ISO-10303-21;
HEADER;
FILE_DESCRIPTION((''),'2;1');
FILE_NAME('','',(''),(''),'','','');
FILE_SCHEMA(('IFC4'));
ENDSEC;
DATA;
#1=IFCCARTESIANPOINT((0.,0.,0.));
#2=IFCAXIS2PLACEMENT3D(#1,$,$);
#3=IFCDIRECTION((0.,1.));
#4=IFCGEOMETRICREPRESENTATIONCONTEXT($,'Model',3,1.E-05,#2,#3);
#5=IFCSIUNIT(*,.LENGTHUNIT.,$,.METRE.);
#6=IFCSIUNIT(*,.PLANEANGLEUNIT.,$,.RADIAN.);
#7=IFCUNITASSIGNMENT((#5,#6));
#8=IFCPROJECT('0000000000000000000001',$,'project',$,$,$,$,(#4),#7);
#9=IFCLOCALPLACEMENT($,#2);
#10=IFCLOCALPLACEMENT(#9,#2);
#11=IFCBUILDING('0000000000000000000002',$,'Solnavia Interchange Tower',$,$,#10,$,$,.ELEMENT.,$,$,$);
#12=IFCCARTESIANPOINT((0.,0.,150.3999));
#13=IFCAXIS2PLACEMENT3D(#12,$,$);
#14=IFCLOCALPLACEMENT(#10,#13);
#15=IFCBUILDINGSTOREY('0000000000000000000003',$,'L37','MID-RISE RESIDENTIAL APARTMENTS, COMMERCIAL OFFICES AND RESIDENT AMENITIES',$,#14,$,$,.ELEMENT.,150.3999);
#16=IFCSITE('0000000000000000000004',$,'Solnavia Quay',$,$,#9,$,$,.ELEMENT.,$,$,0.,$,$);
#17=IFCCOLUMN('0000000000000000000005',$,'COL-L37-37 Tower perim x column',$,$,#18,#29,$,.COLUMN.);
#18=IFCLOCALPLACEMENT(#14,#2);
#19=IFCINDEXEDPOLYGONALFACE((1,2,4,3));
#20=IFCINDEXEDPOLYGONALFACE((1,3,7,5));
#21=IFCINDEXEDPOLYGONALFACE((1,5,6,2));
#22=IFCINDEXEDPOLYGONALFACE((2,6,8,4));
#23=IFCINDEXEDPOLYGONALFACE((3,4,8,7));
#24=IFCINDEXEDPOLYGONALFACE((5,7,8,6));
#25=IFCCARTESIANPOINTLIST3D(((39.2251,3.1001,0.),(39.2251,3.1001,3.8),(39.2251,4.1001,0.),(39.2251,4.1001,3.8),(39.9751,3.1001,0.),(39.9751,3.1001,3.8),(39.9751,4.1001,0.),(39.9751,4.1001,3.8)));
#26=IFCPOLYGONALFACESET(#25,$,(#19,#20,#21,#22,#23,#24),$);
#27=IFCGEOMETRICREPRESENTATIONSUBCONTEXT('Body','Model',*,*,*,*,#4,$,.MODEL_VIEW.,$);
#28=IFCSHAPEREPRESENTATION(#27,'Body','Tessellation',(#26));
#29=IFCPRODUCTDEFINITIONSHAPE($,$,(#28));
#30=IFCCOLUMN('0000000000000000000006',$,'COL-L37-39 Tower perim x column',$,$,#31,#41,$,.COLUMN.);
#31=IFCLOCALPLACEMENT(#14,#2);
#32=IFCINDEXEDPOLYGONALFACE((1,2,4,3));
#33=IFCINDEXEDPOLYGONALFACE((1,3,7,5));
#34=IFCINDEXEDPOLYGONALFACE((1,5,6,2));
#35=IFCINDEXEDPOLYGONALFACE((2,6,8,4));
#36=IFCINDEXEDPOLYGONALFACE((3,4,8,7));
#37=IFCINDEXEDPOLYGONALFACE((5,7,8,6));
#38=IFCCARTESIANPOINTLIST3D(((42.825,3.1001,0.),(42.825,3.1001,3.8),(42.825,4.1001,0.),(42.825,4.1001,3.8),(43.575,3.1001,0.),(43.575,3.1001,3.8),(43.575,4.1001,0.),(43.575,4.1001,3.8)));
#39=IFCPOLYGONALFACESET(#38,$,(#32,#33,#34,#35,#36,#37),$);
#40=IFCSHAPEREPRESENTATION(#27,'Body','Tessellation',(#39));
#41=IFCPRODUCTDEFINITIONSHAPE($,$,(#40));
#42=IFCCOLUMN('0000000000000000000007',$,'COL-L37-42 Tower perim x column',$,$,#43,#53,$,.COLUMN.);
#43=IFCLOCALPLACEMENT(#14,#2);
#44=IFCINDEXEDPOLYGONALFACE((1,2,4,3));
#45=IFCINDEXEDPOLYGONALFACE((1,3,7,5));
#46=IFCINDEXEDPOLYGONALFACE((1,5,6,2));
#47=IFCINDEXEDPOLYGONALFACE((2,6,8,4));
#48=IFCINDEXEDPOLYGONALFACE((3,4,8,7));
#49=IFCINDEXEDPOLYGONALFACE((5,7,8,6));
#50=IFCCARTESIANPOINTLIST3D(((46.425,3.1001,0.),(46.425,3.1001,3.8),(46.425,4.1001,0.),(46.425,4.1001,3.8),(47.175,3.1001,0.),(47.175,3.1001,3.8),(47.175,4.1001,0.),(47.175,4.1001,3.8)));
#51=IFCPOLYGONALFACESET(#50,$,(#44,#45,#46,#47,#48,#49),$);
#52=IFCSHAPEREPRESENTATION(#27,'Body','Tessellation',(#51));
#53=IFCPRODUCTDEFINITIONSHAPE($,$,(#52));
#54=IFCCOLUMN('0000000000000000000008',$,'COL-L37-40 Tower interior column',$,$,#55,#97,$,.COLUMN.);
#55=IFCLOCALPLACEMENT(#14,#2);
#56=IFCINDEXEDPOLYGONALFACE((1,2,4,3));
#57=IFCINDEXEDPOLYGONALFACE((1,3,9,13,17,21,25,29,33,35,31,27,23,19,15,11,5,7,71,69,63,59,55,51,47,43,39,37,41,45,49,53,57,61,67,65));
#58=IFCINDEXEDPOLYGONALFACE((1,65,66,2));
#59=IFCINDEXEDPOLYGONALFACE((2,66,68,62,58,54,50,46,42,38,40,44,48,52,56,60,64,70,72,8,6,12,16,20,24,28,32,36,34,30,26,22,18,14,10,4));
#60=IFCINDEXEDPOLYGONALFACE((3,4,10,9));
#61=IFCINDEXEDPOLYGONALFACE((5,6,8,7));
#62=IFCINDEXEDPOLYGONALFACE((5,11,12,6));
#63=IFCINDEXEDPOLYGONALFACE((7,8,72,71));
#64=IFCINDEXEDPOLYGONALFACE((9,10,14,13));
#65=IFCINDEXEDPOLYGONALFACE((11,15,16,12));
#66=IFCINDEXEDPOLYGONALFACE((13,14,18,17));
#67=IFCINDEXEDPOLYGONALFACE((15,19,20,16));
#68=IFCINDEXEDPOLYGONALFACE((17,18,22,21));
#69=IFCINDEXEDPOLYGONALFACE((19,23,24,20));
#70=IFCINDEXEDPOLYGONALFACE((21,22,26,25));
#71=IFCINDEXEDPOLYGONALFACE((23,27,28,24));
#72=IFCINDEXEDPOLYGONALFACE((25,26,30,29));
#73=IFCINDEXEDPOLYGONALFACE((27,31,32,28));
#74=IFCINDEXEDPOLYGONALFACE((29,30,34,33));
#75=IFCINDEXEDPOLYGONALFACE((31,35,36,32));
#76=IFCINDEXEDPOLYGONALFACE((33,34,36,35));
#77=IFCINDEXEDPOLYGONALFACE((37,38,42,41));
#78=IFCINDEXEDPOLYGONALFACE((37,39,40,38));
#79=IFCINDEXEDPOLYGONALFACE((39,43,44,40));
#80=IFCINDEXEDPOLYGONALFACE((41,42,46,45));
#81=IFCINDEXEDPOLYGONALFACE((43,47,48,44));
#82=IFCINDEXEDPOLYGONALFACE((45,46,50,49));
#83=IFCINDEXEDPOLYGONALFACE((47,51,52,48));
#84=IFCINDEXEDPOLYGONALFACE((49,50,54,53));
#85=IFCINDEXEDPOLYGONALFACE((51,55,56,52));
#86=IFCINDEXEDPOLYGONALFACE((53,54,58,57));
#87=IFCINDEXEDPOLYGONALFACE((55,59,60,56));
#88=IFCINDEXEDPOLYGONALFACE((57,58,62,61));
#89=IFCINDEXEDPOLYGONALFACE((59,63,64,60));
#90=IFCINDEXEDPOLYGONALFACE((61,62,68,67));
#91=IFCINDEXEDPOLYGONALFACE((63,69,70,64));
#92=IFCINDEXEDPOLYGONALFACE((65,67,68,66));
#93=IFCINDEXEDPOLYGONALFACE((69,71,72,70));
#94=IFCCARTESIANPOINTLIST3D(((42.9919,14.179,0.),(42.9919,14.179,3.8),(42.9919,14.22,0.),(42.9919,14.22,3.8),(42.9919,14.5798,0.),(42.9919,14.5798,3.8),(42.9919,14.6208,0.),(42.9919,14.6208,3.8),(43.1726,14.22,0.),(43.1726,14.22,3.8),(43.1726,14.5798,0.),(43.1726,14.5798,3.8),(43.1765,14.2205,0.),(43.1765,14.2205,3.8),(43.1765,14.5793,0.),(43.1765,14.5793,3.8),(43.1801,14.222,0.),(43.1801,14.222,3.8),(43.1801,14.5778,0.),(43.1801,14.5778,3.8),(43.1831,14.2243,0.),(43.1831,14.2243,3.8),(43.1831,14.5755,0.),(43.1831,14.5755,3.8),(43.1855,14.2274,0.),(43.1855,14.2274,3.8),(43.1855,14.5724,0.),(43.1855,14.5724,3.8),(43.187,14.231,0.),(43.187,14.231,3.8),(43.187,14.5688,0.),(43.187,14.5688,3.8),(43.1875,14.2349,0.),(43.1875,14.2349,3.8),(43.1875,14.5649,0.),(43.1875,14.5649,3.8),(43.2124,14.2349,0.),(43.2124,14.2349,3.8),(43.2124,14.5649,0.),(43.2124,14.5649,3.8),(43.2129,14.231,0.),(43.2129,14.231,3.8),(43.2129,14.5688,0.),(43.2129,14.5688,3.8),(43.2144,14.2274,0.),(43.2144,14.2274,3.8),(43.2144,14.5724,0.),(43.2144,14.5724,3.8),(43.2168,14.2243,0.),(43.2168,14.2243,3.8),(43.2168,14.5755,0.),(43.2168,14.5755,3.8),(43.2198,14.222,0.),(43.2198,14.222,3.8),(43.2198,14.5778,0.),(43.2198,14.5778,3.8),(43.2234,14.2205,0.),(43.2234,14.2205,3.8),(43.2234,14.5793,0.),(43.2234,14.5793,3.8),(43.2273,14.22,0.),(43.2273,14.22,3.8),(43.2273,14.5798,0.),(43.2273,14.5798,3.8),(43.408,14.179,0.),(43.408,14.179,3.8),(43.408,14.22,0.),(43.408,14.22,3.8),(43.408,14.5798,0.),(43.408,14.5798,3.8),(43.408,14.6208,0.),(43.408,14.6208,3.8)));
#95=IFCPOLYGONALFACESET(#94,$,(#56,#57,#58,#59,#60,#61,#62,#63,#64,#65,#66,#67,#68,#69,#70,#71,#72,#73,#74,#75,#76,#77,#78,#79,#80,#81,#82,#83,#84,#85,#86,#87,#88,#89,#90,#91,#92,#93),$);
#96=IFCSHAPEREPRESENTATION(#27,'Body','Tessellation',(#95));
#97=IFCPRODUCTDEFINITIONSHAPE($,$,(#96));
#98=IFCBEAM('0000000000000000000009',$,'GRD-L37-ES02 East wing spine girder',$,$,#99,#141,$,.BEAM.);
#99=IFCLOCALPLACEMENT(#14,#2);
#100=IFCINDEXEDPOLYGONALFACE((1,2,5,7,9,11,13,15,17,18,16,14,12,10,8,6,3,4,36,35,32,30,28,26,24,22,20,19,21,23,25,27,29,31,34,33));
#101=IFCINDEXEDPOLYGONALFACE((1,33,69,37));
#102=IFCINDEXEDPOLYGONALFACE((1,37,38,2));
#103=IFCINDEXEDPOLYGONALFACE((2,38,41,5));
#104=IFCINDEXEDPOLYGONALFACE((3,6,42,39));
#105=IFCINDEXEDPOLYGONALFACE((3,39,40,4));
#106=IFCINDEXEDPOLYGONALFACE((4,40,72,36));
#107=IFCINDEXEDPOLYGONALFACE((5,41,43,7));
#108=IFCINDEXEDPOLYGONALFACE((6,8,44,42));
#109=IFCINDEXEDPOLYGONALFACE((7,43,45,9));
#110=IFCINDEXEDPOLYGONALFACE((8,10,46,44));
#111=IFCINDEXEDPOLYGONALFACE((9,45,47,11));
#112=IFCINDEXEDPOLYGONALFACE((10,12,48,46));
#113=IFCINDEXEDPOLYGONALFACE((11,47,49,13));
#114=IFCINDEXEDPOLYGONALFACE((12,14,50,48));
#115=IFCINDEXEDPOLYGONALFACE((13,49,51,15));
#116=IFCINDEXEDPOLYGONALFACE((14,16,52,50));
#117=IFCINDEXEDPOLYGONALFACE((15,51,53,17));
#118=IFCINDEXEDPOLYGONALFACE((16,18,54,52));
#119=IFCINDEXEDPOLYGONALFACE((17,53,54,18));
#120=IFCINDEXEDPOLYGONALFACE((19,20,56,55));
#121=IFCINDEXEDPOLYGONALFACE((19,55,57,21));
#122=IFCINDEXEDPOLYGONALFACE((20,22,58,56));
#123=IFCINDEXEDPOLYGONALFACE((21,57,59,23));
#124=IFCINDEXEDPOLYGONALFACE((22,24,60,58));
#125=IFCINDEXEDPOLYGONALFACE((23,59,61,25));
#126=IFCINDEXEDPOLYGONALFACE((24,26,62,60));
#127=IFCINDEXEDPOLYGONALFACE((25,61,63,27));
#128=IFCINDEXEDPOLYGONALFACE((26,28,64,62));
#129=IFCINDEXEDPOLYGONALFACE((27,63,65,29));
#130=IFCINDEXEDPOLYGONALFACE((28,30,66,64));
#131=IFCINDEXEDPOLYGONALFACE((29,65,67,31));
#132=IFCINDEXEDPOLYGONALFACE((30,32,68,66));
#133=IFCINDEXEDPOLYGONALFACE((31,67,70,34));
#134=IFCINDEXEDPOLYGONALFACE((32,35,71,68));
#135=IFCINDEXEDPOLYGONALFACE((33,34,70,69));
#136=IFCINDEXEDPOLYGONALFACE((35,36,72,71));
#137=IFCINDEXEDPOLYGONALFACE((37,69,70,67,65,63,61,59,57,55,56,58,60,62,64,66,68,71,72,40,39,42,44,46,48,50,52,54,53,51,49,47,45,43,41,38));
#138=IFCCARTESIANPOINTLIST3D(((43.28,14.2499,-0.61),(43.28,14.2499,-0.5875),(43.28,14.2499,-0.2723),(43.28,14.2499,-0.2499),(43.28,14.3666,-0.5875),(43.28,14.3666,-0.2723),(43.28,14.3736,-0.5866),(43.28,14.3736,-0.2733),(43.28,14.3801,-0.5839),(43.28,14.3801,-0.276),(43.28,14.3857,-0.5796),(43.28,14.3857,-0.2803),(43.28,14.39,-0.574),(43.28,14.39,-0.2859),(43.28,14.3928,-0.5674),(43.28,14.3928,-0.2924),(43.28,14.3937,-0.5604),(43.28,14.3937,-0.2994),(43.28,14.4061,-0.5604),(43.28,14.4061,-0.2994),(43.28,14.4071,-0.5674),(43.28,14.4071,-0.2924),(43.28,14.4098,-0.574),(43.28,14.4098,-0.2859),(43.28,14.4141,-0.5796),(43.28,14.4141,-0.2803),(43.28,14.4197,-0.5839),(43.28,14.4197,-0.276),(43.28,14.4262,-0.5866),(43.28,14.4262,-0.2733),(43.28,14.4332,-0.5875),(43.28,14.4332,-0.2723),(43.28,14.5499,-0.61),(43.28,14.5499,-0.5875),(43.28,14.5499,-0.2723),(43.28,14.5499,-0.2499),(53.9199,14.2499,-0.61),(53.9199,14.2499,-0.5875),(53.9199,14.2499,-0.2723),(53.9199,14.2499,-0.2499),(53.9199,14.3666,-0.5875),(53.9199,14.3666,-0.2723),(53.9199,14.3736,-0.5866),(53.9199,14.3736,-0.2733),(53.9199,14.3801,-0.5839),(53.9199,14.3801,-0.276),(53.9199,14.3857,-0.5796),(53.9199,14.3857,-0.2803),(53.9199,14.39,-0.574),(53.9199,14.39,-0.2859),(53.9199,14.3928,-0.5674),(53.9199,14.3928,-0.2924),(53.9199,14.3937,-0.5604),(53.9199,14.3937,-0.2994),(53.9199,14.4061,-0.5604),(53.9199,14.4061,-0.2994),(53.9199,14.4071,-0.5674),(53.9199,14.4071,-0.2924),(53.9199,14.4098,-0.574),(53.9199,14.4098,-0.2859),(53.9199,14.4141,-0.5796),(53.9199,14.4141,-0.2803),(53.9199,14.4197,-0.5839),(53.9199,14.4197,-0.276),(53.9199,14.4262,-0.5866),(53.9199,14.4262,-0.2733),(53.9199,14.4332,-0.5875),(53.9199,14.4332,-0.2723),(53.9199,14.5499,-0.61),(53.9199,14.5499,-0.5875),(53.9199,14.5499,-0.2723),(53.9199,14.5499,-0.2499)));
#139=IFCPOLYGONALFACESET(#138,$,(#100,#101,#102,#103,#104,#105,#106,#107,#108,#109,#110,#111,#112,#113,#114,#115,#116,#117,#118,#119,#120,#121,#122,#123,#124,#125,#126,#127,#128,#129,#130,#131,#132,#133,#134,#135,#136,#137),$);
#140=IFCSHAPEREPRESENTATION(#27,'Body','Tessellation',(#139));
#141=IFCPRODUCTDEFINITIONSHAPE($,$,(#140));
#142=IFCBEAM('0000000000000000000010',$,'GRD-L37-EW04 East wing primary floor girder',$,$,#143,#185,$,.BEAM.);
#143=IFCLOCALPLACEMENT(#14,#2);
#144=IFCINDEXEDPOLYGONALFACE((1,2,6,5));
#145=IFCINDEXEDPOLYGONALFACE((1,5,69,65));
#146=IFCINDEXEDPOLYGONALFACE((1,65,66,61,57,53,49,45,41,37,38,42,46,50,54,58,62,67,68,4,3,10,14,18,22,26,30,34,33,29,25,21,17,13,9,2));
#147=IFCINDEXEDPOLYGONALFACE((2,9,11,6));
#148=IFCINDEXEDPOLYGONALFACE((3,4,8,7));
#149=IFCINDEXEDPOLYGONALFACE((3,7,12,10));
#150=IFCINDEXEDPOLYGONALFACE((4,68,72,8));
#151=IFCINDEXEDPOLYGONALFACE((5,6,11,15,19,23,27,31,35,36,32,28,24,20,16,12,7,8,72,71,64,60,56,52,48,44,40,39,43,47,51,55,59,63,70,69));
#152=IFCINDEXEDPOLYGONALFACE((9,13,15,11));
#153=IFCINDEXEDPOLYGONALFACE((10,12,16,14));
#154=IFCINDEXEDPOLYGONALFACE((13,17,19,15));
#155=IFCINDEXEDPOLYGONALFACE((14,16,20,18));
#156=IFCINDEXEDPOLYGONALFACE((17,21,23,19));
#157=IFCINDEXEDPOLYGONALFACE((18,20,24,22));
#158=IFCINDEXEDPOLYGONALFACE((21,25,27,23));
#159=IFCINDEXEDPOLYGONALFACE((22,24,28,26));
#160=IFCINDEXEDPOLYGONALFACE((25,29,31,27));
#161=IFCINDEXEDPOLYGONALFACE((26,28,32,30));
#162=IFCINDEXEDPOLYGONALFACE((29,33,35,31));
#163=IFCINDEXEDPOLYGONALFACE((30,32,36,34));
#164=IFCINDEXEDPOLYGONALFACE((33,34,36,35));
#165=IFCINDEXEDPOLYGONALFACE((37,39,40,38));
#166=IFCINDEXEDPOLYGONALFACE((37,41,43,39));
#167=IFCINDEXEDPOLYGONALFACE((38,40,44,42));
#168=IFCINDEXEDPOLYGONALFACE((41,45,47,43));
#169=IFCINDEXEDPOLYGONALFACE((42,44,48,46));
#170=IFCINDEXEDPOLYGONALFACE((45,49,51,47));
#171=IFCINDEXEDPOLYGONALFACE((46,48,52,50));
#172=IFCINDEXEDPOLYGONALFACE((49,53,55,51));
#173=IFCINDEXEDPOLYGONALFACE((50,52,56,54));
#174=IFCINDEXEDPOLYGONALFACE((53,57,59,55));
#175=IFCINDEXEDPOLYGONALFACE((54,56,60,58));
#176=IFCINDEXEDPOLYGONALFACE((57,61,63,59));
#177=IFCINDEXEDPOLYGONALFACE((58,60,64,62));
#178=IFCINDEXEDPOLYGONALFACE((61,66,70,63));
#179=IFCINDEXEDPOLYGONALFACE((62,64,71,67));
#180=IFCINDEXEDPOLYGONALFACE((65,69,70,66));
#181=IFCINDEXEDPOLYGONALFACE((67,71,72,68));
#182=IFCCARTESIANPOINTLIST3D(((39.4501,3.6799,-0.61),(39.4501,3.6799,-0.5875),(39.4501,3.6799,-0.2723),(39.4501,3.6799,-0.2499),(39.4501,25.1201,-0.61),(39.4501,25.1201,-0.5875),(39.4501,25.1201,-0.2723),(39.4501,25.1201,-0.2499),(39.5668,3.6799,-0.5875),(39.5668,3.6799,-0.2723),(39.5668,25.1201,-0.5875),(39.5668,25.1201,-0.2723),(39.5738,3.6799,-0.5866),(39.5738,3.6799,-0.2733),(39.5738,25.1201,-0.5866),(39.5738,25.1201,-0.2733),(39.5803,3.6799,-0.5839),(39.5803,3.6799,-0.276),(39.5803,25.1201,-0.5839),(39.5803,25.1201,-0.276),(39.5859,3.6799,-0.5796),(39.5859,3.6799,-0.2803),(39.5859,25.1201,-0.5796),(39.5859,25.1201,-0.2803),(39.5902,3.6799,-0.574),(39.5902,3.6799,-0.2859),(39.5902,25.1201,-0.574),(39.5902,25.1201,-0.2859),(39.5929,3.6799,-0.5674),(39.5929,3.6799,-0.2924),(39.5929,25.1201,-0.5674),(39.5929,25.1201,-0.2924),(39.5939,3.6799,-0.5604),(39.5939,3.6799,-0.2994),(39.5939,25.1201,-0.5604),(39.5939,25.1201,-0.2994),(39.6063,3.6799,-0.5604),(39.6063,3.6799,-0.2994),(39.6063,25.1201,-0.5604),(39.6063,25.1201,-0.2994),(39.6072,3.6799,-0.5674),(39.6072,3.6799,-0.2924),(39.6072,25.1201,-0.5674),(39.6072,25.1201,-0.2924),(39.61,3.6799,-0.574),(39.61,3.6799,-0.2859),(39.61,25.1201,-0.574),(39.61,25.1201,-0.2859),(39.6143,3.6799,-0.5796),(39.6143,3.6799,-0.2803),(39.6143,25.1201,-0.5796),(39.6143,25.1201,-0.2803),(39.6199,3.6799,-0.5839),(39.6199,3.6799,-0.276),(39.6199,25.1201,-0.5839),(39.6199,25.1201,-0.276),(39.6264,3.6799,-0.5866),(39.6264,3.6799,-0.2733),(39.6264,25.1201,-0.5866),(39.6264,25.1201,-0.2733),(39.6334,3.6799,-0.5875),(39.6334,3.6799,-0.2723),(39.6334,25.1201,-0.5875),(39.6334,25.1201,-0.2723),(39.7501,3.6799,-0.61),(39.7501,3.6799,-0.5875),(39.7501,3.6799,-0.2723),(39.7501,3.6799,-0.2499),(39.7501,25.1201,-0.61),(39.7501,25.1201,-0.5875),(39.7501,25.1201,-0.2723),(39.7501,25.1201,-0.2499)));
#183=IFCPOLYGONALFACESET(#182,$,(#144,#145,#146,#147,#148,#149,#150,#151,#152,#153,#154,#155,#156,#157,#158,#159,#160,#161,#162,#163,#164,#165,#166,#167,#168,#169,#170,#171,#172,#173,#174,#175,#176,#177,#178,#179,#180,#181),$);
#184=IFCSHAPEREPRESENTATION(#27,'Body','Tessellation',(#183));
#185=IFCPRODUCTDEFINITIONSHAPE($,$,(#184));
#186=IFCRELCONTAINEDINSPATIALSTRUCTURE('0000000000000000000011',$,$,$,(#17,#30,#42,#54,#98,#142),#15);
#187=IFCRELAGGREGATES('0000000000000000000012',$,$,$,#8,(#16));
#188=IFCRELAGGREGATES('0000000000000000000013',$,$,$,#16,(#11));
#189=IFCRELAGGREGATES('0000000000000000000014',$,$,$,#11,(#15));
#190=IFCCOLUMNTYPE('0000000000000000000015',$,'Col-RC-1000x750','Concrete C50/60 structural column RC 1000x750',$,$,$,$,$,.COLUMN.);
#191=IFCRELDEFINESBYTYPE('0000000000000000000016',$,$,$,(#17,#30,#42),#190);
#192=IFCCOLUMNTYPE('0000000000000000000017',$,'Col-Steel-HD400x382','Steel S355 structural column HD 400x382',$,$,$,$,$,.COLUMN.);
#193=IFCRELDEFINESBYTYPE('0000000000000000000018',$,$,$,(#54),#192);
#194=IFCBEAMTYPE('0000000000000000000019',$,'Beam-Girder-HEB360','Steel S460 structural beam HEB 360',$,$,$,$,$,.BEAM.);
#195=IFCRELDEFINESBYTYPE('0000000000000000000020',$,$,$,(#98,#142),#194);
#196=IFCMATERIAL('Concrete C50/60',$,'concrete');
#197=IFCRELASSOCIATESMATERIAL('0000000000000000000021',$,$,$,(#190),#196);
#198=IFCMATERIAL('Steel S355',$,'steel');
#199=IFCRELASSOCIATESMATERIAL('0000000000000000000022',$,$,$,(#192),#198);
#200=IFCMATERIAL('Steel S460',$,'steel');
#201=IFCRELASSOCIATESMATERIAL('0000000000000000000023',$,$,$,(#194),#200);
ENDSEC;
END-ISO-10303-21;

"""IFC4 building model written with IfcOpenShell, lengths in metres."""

from ifc_helpers import new_model, si_unit, direction, frame, origin, origin_2d, place, context, subcontext, project, spatial, rectangle, i_section, extrude, material, material_profile, profile_set, type_object, element, save


model = new_model("IFC4")

# Units and contexts
model_context = context("Model", 3, precision=1e-05, world=origin(), true_north=direction((0.0, 1.0)))
body_context = subcontext(model_context, "Body", "Model", "MODEL_VIEW")
ifc_project = project(units=[si_unit("LENGTHUNIT", "METRE"), si_unit("PLANEANGLEUNIT", "RADIAN")], contexts=[model_context])

# Site, building, storey
site_placement = place(None, origin())
site = spatial("IfcSite", under=ifc_project, at=site_placement, Name="Solnavia Quay", CompositionType="ELEMENT", RefElevation=0.0)
building_placement = place(site_placement, origin())
building = spatial("IfcBuilding", under=site, at=building_placement, Name="Solnavia Interchange Tower", CompositionType="ELEMENT")
storey_placement = place(building_placement, frame((0.0, 0.0, 150.3999)))
storey = spatial("IfcBuildingStorey", under=building, at=storey_placement, Name="L37", Description="MID-RISE RESIDENTIAL APARTMENTS, COMMERCIAL OFFICES AND RESIDENT AMENITIES", CompositionType="ELEMENT", Elevation=150.3999)

# Columns
ifc_material_1 = material(Name="Concrete C50/60", Category="concrete")
ifc_material_profile_1 = material_profile(ifc_material_1, rectangle(XDim=0.75, YDim=1.0, at=origin_2d()), Name="RC 1000x750")
ifc_profile_set_1 = profile_set([ifc_material_profile_1], Name="Concrete C50/60")
column_type_1 = type_object("IfcColumnType", Name="Col-RC-1000x750", Description="Concrete C50/60 structural column RC 1000x750", PredefinedType="COLUMN", material=ifc_profile_set_1)
for number, where, z_axis, x_axis, name in (
    (1, (39.6001, 3.6001, 0.0), (0.0, 0.0, 1.0), (1.0, 0.0, 0.0), "COL-L37-37 Tower perim x column"),
    (2, (43.2, 3.6001, 0.0), (0.0, 0.0, 1.0), (1.0, 0.0, 0.0), "COL-L37-39 Tower perim x column"),
    (3, (46.8, 3.6001, 0.0), (0.0, 0.0, 1.0), (1.0, 0.0, 0.0), "COL-L37-42 Tower perim x column"),
):
    element("IfcColumn", number, at=place(storey_placement, frame(where, z_axis=z_axis, x_axis=x_axis)), inside=storey, type_object=column_type_1, Name=name, PredefinedType="COLUMN", context=body_context, shape_type="SweptSolid", body=[
        extrude(rectangle(XDim=0.75, YDim=1.0, at=origin_2d()), origin(), (0.0, 0.0, 1.0), 3.8),
    ])
ifc_material_2 = material(Name="Steel S355", Category="steel")
ifc_material_profile_2 = material_profile(ifc_material_2, i_section(OverallWidth=0.416, OverallDepth=0.4419, WebThickness=0.0249, FlangeThickness=0.041, FilletRadius=0.0149, at=origin_2d()), Name="HD 400x382")
ifc_profile_set_2 = profile_set([ifc_material_profile_2], Name="Steel S355")
column_type_2 = type_object("IfcColumnType", Name="Col-Steel-HD400x382", Description="Steel S355 structural column HD 400x382", PredefinedType="COLUMN", material=ifc_profile_set_2)
column_placement = place(storey_placement, frame((43.2, 14.3999, 0.0), z_axis=(0.0, 0.0, 1.0), x_axis=(1.0, 0.0, 0.0)))
element("IfcColumn", 4, at=column_placement, inside=storey, type_object=column_type_2, Name="COL-L37-40 Tower interior column", PredefinedType="COLUMN", context=body_context, shape_type="SweptSolid", body=[
    extrude(i_section(OverallWidth=0.416, OverallDepth=0.4419, WebThickness=0.0249, FlangeThickness=0.041, FilletRadius=0.0149, at=origin_2d()), origin(), (0.0, 0.0, 1.0), 3.8),
])

# Beams
ifc_material_3 = material(Name="Steel S460", Category="steel")
ifc_material_profile_3 = material_profile(ifc_material_3, i_section(OverallWidth=0.3, OverallDepth=0.3601, WebThickness=0.0125, FlangeThickness=0.0225, FilletRadius=0.0271, at=origin_2d()), Name="HEB 360")
ifc_profile_set_3 = profile_set([ifc_material_profile_3], Name="Steel S460")
beam_type_1 = type_object("IfcBeamType", Name="Beam-Girder-HEB360", Description="Steel S460 structural beam HEB 360", PredefinedType="BEAM", material=ifc_profile_set_3)
beam_1_placement = place(storey_placement, frame((43.28, 14.3999, -0.4299), z_axis=(1.0, 0.0, 0.0), x_axis=(0.0, 1.0, 0.0)))
element("IfcBeam", 5, at=beam_1_placement, inside=storey, type_object=beam_type_1, Name="GRD-L37-ES02 East wing spine girder", PredefinedType="BEAM", context=body_context, shape_type="SweptSolid", body=[
    extrude(i_section(OverallWidth=0.3, OverallDepth=0.3601, WebThickness=0.0125, FlangeThickness=0.0225, FilletRadius=0.0271, at=origin_2d()), origin(), (0.0, 0.0, 1.0), 10.6399),
])
beam_2_placement = place(storey_placement, frame((39.6001, 3.6799, -0.4299), z_axis=(0.0, 1.0, 0.0), x_axis=(-1.0, 0.0, 0.0)))
element("IfcBeam", 6, at=beam_2_placement, inside=storey, type_object=beam_type_1, Name="GRD-L37-EW04 East wing primary floor girder", PredefinedType="BEAM", context=body_context, shape_type="SweptSolid", body=[
    extrude(i_section(OverallWidth=0.3, OverallDepth=0.3601, WebThickness=0.0125, FlangeThickness=0.0225, FilletRadius=0.0271, at=origin_2d()), origin(), (0.0, 0.0, 1.0), 21.4402),
])

save(model, "model.ifc")
